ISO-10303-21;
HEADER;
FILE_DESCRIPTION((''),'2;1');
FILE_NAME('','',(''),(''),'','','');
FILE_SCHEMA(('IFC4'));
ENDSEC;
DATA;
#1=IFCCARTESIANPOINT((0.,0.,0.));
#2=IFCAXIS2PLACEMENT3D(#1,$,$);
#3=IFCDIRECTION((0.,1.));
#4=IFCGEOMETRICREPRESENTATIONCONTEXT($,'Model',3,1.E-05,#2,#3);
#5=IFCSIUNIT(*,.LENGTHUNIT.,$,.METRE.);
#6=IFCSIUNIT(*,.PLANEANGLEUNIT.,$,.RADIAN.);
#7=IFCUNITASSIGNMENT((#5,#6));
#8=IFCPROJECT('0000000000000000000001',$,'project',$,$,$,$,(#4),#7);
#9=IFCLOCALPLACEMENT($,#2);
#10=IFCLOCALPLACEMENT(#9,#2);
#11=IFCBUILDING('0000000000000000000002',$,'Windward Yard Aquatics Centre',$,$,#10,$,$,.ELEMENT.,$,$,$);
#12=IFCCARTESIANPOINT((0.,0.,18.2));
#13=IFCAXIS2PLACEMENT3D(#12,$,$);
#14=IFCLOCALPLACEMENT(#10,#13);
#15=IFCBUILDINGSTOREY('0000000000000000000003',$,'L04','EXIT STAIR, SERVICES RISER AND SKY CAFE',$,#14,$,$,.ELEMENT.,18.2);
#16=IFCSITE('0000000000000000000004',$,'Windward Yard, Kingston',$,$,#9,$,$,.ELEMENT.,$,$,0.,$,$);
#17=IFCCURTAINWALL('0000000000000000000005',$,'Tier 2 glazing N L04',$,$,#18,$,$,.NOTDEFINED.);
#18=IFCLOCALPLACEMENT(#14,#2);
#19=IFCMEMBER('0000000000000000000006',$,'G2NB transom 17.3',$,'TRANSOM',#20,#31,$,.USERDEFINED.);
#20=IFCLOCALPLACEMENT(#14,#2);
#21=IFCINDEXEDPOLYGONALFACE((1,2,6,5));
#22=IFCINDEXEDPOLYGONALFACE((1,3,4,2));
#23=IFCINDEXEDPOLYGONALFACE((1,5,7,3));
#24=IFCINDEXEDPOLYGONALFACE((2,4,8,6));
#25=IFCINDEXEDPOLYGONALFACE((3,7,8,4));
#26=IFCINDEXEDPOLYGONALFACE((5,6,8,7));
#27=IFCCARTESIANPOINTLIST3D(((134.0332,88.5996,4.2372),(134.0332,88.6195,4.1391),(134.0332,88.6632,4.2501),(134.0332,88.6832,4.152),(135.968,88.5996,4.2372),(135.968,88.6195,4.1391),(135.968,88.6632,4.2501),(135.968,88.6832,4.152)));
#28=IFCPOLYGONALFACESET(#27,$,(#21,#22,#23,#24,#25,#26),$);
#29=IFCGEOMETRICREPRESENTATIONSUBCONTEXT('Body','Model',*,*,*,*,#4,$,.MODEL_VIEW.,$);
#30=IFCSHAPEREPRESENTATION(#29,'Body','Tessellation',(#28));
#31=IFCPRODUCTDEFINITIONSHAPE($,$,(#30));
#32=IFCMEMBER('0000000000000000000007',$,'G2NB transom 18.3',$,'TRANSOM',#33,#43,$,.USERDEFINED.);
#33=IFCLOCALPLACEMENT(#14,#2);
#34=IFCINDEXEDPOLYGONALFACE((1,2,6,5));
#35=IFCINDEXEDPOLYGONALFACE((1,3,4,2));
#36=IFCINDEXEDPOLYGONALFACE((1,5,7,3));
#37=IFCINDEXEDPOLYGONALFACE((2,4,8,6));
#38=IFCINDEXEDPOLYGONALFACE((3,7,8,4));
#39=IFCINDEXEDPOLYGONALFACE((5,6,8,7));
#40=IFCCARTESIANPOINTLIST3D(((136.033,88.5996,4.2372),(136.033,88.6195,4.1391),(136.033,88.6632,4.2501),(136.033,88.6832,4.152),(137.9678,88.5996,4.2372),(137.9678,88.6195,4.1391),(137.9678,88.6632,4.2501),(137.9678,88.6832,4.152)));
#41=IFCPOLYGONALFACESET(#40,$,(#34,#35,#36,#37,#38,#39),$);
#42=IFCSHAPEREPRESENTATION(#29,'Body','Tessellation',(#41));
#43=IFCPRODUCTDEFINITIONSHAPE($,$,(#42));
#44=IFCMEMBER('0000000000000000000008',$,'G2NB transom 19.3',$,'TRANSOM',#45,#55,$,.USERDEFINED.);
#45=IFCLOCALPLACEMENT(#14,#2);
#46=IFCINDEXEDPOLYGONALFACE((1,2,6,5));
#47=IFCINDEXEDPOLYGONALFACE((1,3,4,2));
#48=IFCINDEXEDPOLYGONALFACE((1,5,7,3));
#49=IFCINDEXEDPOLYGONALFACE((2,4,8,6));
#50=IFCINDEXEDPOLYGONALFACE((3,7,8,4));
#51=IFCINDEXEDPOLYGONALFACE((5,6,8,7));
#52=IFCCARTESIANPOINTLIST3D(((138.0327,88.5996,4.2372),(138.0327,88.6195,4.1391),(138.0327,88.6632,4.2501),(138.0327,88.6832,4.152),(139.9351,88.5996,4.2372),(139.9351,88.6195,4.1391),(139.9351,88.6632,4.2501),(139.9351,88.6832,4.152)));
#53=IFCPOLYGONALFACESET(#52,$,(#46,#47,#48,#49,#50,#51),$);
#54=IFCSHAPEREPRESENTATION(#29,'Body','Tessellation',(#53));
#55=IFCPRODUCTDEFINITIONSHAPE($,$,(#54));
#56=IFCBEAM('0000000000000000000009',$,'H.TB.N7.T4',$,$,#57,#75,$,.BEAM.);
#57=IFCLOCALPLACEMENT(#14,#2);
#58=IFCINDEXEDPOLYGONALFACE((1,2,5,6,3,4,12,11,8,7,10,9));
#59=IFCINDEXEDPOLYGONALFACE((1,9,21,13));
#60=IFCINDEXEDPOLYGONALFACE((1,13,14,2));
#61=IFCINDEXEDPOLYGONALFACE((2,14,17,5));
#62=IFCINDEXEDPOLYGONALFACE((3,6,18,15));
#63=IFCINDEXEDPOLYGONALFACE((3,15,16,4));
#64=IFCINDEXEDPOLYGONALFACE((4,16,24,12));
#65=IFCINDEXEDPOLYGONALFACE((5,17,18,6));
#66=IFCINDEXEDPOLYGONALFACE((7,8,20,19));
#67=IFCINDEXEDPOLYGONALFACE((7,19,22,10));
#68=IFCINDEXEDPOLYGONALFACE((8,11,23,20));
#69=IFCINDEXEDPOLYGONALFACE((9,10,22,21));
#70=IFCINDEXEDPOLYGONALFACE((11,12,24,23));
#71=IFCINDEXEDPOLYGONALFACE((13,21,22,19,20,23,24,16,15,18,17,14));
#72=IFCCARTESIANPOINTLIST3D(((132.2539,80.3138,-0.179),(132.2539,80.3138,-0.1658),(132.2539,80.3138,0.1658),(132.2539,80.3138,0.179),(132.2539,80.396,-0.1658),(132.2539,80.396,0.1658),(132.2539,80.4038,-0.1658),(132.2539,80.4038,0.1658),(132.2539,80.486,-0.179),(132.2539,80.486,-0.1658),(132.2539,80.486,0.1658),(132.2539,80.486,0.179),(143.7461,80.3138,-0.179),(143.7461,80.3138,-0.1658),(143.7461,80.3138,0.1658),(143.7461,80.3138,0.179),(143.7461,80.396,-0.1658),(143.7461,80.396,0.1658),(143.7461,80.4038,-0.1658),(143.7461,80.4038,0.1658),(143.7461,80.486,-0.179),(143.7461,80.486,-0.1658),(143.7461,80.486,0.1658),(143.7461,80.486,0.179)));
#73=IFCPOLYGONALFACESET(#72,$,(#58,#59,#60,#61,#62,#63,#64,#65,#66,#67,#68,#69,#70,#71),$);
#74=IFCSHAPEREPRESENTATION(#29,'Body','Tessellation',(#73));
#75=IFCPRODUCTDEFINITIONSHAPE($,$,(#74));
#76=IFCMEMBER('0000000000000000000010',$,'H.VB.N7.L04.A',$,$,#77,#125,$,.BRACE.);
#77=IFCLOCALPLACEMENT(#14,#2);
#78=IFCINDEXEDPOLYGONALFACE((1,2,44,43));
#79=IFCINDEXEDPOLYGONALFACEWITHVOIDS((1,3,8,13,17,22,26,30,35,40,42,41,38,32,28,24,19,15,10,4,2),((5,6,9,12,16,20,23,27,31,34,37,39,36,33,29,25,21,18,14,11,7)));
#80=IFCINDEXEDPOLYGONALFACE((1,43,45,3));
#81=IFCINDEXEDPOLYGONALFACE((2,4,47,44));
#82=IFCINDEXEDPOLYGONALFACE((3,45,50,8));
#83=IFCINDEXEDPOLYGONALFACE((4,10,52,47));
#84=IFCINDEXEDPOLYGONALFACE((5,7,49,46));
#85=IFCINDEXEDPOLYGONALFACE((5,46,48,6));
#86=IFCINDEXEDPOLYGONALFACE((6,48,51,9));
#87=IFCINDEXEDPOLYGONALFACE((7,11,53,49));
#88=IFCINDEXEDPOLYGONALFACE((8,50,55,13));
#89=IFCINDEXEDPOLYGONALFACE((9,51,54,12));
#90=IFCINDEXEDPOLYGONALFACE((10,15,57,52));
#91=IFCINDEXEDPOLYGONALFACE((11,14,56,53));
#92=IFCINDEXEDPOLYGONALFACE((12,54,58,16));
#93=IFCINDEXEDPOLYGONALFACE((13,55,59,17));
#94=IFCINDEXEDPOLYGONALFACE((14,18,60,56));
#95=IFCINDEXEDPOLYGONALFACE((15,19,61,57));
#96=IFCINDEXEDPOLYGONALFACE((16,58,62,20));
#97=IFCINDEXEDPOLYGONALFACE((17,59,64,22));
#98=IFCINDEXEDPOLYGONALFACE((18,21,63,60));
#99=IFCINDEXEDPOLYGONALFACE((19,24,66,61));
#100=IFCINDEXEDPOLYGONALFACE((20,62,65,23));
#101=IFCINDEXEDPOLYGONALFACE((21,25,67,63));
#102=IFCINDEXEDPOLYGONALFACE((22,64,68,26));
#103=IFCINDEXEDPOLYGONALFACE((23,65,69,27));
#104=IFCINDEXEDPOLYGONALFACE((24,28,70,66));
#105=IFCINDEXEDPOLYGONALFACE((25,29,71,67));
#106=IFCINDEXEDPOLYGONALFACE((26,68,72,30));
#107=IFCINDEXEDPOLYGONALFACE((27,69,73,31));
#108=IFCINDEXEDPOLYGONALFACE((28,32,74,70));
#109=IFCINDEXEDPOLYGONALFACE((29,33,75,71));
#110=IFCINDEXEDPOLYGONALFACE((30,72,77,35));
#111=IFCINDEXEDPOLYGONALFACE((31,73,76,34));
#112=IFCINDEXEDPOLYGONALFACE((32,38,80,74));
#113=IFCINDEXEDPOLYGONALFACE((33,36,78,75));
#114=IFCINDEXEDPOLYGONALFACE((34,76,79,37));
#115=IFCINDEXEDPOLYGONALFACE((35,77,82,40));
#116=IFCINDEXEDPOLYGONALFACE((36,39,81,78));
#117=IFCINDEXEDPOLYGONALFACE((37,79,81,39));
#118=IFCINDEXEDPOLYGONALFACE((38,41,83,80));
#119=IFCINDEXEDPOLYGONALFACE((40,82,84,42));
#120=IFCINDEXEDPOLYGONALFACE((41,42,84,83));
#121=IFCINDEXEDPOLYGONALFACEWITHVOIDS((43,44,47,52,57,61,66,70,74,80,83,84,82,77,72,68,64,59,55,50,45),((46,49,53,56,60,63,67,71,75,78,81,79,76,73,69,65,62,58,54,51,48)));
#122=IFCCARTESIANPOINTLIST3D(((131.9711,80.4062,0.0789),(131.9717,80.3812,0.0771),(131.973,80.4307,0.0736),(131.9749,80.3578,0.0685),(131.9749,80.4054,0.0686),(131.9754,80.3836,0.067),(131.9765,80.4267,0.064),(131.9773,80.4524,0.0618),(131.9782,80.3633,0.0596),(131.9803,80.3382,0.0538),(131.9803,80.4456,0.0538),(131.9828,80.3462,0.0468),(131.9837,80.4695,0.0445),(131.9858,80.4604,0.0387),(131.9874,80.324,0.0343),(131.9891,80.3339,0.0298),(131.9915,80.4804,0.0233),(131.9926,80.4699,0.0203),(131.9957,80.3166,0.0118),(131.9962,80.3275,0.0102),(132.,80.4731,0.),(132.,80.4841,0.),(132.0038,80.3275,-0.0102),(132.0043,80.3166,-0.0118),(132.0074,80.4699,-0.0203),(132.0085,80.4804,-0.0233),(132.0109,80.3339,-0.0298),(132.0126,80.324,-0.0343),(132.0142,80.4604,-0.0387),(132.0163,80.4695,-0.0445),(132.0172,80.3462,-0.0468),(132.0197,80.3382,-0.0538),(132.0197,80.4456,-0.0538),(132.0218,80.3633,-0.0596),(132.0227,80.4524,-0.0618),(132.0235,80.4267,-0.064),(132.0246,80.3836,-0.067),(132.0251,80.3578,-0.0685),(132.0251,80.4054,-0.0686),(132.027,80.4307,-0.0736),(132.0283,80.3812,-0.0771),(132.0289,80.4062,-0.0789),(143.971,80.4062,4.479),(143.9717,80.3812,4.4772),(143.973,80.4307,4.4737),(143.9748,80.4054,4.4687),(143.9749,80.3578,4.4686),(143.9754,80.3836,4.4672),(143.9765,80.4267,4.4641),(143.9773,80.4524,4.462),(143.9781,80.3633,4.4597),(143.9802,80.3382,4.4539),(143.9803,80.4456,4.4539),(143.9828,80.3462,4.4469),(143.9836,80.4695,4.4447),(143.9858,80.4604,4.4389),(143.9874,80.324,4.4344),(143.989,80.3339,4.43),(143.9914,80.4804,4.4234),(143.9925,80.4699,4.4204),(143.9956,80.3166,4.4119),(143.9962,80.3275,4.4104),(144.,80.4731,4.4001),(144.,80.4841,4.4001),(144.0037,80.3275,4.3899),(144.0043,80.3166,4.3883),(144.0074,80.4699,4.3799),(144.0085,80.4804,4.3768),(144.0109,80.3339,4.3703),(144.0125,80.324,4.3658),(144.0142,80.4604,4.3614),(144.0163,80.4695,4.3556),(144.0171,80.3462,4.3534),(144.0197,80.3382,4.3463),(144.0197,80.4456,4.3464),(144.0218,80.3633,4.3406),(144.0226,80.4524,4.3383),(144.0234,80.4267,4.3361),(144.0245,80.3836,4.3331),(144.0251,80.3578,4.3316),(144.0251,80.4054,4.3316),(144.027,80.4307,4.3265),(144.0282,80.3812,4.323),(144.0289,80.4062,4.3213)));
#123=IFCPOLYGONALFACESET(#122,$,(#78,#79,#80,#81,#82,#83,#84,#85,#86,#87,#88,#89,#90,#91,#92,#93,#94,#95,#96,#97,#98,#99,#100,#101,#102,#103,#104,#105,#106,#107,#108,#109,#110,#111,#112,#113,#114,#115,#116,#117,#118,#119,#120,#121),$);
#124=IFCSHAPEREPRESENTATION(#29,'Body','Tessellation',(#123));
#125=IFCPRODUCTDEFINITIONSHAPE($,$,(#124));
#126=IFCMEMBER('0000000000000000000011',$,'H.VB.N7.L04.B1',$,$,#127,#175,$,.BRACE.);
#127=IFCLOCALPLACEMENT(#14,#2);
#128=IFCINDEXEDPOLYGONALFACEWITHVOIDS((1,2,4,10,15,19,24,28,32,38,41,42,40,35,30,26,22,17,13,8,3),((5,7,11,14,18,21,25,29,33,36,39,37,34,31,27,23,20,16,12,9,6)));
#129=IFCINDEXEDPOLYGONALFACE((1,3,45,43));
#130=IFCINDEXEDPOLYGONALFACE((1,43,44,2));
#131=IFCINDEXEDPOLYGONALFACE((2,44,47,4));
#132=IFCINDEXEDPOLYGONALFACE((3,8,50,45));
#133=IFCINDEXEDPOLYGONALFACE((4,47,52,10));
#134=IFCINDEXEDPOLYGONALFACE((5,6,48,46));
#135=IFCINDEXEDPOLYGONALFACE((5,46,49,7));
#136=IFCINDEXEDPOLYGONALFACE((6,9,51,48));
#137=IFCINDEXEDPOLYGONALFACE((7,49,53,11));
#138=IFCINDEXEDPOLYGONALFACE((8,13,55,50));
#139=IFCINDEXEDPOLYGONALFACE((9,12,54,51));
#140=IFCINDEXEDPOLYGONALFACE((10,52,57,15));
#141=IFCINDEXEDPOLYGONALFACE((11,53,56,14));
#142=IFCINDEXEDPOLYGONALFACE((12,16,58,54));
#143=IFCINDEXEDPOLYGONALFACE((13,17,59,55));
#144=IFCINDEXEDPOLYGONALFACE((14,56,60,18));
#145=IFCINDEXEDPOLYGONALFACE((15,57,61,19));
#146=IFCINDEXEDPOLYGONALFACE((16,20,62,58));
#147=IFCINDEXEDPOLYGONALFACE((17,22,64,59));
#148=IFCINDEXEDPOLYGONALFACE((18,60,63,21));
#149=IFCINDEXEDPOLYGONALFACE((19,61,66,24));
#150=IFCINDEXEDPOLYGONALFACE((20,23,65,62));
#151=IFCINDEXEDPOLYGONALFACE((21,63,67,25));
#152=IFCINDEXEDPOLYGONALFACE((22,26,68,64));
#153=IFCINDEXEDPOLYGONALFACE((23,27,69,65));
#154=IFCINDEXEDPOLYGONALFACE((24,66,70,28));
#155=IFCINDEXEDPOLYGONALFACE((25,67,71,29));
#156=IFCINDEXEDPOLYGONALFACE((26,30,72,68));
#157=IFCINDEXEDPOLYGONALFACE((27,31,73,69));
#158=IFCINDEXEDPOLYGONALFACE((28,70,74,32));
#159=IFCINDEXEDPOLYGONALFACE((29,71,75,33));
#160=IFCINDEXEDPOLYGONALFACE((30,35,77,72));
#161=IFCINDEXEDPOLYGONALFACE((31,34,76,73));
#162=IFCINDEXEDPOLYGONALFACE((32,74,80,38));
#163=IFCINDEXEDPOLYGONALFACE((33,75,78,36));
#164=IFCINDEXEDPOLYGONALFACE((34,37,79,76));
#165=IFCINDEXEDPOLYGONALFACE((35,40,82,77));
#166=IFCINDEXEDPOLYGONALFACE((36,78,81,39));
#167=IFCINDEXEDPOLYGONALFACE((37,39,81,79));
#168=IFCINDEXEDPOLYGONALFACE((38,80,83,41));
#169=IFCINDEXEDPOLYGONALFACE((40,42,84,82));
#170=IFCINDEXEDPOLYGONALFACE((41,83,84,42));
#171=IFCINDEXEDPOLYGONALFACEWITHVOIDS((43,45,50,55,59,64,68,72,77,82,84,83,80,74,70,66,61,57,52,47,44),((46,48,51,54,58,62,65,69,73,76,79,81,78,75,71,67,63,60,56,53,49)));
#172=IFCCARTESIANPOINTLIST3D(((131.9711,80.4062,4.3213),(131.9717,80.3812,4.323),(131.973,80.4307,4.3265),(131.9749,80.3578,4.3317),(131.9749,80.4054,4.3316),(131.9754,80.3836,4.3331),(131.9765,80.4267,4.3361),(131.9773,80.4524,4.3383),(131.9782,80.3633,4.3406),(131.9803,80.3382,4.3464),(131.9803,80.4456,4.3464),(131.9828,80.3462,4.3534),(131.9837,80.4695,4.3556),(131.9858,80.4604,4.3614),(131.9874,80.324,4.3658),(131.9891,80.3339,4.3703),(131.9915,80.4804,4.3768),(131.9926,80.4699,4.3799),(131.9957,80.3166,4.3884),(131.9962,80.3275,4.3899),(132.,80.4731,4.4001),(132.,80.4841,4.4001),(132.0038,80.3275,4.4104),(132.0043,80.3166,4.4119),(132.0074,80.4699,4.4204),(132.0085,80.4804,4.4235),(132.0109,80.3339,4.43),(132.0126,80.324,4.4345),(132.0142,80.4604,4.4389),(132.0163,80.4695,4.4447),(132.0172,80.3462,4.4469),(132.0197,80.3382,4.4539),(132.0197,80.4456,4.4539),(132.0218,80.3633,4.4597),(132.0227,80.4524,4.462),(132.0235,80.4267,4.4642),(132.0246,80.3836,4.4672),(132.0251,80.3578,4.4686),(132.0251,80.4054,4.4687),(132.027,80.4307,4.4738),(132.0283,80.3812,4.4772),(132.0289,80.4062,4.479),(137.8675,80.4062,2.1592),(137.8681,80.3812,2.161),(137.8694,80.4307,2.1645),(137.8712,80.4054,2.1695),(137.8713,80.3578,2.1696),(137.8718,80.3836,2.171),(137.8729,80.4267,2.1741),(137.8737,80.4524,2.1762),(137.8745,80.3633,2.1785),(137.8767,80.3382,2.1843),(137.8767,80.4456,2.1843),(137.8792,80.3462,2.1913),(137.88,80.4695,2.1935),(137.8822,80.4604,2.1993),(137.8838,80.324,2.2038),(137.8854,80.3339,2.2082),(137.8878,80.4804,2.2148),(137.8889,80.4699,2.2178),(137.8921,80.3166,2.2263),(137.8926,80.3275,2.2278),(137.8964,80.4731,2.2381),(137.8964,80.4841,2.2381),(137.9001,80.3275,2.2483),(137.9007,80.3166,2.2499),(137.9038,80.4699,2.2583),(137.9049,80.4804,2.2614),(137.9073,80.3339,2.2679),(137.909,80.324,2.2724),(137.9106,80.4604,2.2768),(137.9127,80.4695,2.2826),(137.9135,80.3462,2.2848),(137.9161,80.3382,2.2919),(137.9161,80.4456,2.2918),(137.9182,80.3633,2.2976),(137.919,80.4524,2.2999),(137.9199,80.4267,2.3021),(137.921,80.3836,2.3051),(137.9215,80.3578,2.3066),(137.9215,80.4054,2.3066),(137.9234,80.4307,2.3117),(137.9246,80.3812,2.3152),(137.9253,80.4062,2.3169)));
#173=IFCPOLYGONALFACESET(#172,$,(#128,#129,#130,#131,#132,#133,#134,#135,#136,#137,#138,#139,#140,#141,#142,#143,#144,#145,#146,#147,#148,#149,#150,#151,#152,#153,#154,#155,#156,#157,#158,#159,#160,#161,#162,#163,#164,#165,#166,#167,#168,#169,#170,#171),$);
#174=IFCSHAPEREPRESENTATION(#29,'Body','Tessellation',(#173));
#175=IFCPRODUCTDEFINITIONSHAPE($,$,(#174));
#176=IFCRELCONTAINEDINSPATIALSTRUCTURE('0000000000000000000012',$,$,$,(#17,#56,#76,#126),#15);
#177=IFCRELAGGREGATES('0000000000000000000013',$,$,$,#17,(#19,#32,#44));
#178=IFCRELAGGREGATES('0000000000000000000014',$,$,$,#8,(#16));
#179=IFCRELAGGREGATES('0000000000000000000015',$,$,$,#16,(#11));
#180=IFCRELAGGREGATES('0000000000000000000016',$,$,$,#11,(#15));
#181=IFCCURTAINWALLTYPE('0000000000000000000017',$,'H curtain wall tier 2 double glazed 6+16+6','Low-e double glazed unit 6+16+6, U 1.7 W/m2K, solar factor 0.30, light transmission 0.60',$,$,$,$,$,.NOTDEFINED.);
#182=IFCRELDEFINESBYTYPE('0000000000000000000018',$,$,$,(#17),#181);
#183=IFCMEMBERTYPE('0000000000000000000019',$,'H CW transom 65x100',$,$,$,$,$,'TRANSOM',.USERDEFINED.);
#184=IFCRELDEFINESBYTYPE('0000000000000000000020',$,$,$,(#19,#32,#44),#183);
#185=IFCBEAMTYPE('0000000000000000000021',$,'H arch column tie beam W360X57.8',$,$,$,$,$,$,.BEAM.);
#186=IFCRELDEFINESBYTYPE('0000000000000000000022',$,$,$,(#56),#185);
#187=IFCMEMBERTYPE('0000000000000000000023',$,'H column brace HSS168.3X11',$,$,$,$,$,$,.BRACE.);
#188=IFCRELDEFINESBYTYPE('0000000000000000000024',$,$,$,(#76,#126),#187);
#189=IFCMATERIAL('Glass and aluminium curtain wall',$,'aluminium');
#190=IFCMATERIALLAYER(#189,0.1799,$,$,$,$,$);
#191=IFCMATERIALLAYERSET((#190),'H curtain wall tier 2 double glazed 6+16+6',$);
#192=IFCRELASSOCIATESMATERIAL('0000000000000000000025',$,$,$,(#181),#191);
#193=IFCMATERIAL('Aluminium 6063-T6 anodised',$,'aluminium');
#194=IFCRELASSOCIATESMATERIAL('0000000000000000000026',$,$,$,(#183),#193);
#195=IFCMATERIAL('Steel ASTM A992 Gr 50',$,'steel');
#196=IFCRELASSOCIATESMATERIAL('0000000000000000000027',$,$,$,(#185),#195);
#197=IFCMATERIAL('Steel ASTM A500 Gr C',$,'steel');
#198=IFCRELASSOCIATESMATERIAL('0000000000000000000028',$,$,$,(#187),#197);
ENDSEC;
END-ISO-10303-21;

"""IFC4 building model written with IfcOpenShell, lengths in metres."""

from ifc_helpers import new_model, si_unit, direction, frame, origin, origin_2d, place, context, subcontext, project, spatial, rectangle, hollow_circle, i_section, extrude, material, layer, layer_set, material_profile, profile_set, type_object, element, aggregate, save


model = new_model("IFC4")

# Units and contexts
model_context = context("Model", 3, precision=1e-05, world=origin(), true_north=direction((0.0, 1.0)))
body_context = subcontext(model_context, "Body", "Model", "MODEL_VIEW")
ifc_project = project(units=[si_unit("LENGTHUNIT", "METRE"), si_unit("PLANEANGLEUNIT", "RADIAN")], contexts=[model_context])

# Site, building, storey
site_placement = place(None, origin())
site = spatial("IfcSite", under=ifc_project, at=site_placement, Name="Windward Yard, Kingston", CompositionType="ELEMENT", RefElevation=0.0)
building_placement = place(site_placement, origin())
building = spatial("IfcBuilding", under=site, at=building_placement, Name="Windward Yard Aquatics Centre", CompositionType="ELEMENT")
storey_placement = place(building_placement, frame((0.0, 0.0, 18.2)))
storey = spatial("IfcBuildingStorey", under=building, at=storey_placement, Name="L04", Description="EXIT STAIR, SERVICES RISER AND SKY CAFE", CompositionType="ELEMENT", Elevation=18.2)

# Shared definitions
ifc_material_1 = material(Name="Steel ASTM A500 Gr C", Category="steel")

# Curtain wall, members
ifc_material_2 = material(Name="Glass and aluminium curtain wall", Category="aluminium")
ifc_layer_1 = layer(ifc_material_2, 0.1799)
ifc_layer_set_1 = layer_set([ifc_layer_1], Name="H curtain wall tier 2 double glazed 6+16+6")
curtain_wall_type = type_object("IfcCurtainWallType", Name="H curtain wall tier 2 double glazed 6+16+6", Description="Low-e double glazed unit 6+16+6, U 1.7 W/m2K, solar factor 0.30, light transmission 0.60", PredefinedType="NOTDEFINED", material=ifc_layer_set_1)
curtain_wall_placement = place(storey_placement, origin())
curtain_wall = element("IfcCurtainWall", 1, at=curtain_wall_placement, inside=storey, type_object=curtain_wall_type, Name="Tier 2 glazing N L04", PredefinedType="NOTDEFINED")
ifc_material_3 = material(Name="Aluminium 6063-T6 anodised", Category="aluminium")
ifc_material_profile_1 = material_profile(ifc_material_3, rectangle(XDim=0.0649, YDim=0.1001, at=origin_2d()), Name="H CW transom 65x100")
ifc_profile_set_1 = profile_set([ifc_material_profile_1], Name="Aluminium 6063-T6 anodised")
member_type_1 = type_object("IfcMemberType", Name="H CW transom 65x100", ElementType="TRANSOM", PredefinedType="USERDEFINED", material=ifc_profile_set_1)
member_1_placement = place(storey_placement, frame((134.0332, 88.6414, 4.1946), z_axis=(1.0, 0.0, 0.0), x_axis=(0.0, 0.979925, 0.199368)))
member_1 = element("IfcMember", 2, at=member_1_placement, type_object=member_type_1, Name="G2NB transom 17.3", ObjectType="TRANSOM", PredefinedType="USERDEFINED", context=body_context, shape_type="SweptSolid", body=[
    extrude(rectangle(XDim=0.0649, YDim=0.1001, at=origin_2d()), origin(), (0.0, 0.0, 1.0), 1.9348),
])
member_2_placement = place(storey_placement, frame((136.033, 88.6414, 4.1946), z_axis=(1.0, 0.0, 0.0), x_axis=(0.0, 0.979925, 0.199368)))
member_2 = element("IfcMember", 3, at=member_2_placement, type_object=member_type_1, Name="G2NB transom 18.3", ObjectType="TRANSOM", PredefinedType="USERDEFINED", context=body_context, shape_type="SweptSolid", body=[
    extrude(rectangle(XDim=0.0649, YDim=0.1001, at=origin_2d()), origin(), (0.0, 0.0, 1.0), 1.9348),
])
member_3_placement = place(storey_placement, frame((138.0327, 88.6414, 4.1946), z_axis=(1.0, 0.0, 0.0), x_axis=(0.0, 0.979925, 0.199368)))
member_3 = element("IfcMember", 4, at=member_3_placement, type_object=member_type_1, Name="G2NB transom 19.3", ObjectType="TRANSOM", PredefinedType="USERDEFINED", context=body_context, shape_type="SweptSolid", body=[
    extrude(rectangle(XDim=0.0649, YDim=0.1001, at=origin_2d()), origin(), (0.0, 0.0, 1.0), 1.9023),
])

# Beam
ifc_material_4 = material(Name="Steel ASTM A992 Gr 50", Category="steel")
ifc_material_profile_2 = material_profile(ifc_material_4, i_section(OverallWidth=0.1721, OverallDepth=0.3579, WebThickness=0.0078, FlangeThickness=0.0132, at=origin_2d()), Name="W360X57.8")
ifc_profile_set_2 = profile_set([ifc_material_profile_2], Name="Steel ASTM A992 Gr 50")
beam_type = type_object("IfcBeamType", Name="H arch column tie beam W360X57.8", PredefinedType="BEAM", material=ifc_profile_set_2)
beam_placement = place(storey_placement, frame((132.2539, 80.3999, 0.0), z_axis=(1.0, 0.0, 0.0), x_axis=(0.0, 1.0, 0.0)))
element("IfcBeam", 5, at=beam_placement, inside=storey, type_object=beam_type, Name="H.TB.N7.T4", PredefinedType="BEAM", context=body_context, shape_type="SweptSolid", body=[
    extrude(i_section(OverallWidth=0.1721, OverallDepth=0.3579, WebThickness=0.0078, FlangeThickness=0.0132, at=origin_2d()), origin(), (0.0, 0.0, 1.0), 11.4922),
])

# Members
ifc_material_profile_3 = material_profile(ifc_material_1, hollow_circle(Radius=0.0842, WallThickness=0.011, at=origin_2d()), Name="HSS168.3X11")
ifc_profile_set_3 = profile_set([ifc_material_profile_3], Name="Steel ASTM A500 Gr C")
member_type_2 = type_object("IfcMemberType", Name="H column brace HSS168.3X11", PredefinedType="BRACE", material=ifc_profile_set_3)
member_4_placement = place(storey_placement, frame((132.0, 80.3999, 0.0), z_axis=(0.938873, 0.0, 0.344265), x_axis=(0.0, 1.0, 0.0)))
element("IfcMember", 6, at=member_4_placement, inside=storey, type_object=member_type_2, Name="H.VB.N7.L04.A", PredefinedType="BRACE", context=body_context, shape_type="SweptSolid", body=[
    extrude(hollow_circle(Radius=0.0842, WallThickness=0.011, at=origin_2d()), origin(), (0.0, 0.0, 1.0), 12.7812),
])
for number, where, z_axis, x_axis, name in (
    (7, (132.0, 80.3999, 4.4001), (0.938873, 0.0, -0.344264), (0.0, 1.0, 0.0), "H.VB.N7.L04.B1"),
):
    element("IfcMember", number, at=place(storey_placement, frame(where, z_axis=z_axis, x_axis=x_axis)), inside=storey, type_object=member_type_2, Name=name, PredefinedType="BRACE", context=body_context, shape_type="SweptSolid", body=[
        extrude(hollow_circle(Radius=0.0842, WallThickness=0.011, at=origin_2d()), origin(), (0.0, 0.0, 1.0), 6.2803),
    ])

aggregate(curtain_wall, [member_1, member_2, member_3])

save(model, "model.ifc")
